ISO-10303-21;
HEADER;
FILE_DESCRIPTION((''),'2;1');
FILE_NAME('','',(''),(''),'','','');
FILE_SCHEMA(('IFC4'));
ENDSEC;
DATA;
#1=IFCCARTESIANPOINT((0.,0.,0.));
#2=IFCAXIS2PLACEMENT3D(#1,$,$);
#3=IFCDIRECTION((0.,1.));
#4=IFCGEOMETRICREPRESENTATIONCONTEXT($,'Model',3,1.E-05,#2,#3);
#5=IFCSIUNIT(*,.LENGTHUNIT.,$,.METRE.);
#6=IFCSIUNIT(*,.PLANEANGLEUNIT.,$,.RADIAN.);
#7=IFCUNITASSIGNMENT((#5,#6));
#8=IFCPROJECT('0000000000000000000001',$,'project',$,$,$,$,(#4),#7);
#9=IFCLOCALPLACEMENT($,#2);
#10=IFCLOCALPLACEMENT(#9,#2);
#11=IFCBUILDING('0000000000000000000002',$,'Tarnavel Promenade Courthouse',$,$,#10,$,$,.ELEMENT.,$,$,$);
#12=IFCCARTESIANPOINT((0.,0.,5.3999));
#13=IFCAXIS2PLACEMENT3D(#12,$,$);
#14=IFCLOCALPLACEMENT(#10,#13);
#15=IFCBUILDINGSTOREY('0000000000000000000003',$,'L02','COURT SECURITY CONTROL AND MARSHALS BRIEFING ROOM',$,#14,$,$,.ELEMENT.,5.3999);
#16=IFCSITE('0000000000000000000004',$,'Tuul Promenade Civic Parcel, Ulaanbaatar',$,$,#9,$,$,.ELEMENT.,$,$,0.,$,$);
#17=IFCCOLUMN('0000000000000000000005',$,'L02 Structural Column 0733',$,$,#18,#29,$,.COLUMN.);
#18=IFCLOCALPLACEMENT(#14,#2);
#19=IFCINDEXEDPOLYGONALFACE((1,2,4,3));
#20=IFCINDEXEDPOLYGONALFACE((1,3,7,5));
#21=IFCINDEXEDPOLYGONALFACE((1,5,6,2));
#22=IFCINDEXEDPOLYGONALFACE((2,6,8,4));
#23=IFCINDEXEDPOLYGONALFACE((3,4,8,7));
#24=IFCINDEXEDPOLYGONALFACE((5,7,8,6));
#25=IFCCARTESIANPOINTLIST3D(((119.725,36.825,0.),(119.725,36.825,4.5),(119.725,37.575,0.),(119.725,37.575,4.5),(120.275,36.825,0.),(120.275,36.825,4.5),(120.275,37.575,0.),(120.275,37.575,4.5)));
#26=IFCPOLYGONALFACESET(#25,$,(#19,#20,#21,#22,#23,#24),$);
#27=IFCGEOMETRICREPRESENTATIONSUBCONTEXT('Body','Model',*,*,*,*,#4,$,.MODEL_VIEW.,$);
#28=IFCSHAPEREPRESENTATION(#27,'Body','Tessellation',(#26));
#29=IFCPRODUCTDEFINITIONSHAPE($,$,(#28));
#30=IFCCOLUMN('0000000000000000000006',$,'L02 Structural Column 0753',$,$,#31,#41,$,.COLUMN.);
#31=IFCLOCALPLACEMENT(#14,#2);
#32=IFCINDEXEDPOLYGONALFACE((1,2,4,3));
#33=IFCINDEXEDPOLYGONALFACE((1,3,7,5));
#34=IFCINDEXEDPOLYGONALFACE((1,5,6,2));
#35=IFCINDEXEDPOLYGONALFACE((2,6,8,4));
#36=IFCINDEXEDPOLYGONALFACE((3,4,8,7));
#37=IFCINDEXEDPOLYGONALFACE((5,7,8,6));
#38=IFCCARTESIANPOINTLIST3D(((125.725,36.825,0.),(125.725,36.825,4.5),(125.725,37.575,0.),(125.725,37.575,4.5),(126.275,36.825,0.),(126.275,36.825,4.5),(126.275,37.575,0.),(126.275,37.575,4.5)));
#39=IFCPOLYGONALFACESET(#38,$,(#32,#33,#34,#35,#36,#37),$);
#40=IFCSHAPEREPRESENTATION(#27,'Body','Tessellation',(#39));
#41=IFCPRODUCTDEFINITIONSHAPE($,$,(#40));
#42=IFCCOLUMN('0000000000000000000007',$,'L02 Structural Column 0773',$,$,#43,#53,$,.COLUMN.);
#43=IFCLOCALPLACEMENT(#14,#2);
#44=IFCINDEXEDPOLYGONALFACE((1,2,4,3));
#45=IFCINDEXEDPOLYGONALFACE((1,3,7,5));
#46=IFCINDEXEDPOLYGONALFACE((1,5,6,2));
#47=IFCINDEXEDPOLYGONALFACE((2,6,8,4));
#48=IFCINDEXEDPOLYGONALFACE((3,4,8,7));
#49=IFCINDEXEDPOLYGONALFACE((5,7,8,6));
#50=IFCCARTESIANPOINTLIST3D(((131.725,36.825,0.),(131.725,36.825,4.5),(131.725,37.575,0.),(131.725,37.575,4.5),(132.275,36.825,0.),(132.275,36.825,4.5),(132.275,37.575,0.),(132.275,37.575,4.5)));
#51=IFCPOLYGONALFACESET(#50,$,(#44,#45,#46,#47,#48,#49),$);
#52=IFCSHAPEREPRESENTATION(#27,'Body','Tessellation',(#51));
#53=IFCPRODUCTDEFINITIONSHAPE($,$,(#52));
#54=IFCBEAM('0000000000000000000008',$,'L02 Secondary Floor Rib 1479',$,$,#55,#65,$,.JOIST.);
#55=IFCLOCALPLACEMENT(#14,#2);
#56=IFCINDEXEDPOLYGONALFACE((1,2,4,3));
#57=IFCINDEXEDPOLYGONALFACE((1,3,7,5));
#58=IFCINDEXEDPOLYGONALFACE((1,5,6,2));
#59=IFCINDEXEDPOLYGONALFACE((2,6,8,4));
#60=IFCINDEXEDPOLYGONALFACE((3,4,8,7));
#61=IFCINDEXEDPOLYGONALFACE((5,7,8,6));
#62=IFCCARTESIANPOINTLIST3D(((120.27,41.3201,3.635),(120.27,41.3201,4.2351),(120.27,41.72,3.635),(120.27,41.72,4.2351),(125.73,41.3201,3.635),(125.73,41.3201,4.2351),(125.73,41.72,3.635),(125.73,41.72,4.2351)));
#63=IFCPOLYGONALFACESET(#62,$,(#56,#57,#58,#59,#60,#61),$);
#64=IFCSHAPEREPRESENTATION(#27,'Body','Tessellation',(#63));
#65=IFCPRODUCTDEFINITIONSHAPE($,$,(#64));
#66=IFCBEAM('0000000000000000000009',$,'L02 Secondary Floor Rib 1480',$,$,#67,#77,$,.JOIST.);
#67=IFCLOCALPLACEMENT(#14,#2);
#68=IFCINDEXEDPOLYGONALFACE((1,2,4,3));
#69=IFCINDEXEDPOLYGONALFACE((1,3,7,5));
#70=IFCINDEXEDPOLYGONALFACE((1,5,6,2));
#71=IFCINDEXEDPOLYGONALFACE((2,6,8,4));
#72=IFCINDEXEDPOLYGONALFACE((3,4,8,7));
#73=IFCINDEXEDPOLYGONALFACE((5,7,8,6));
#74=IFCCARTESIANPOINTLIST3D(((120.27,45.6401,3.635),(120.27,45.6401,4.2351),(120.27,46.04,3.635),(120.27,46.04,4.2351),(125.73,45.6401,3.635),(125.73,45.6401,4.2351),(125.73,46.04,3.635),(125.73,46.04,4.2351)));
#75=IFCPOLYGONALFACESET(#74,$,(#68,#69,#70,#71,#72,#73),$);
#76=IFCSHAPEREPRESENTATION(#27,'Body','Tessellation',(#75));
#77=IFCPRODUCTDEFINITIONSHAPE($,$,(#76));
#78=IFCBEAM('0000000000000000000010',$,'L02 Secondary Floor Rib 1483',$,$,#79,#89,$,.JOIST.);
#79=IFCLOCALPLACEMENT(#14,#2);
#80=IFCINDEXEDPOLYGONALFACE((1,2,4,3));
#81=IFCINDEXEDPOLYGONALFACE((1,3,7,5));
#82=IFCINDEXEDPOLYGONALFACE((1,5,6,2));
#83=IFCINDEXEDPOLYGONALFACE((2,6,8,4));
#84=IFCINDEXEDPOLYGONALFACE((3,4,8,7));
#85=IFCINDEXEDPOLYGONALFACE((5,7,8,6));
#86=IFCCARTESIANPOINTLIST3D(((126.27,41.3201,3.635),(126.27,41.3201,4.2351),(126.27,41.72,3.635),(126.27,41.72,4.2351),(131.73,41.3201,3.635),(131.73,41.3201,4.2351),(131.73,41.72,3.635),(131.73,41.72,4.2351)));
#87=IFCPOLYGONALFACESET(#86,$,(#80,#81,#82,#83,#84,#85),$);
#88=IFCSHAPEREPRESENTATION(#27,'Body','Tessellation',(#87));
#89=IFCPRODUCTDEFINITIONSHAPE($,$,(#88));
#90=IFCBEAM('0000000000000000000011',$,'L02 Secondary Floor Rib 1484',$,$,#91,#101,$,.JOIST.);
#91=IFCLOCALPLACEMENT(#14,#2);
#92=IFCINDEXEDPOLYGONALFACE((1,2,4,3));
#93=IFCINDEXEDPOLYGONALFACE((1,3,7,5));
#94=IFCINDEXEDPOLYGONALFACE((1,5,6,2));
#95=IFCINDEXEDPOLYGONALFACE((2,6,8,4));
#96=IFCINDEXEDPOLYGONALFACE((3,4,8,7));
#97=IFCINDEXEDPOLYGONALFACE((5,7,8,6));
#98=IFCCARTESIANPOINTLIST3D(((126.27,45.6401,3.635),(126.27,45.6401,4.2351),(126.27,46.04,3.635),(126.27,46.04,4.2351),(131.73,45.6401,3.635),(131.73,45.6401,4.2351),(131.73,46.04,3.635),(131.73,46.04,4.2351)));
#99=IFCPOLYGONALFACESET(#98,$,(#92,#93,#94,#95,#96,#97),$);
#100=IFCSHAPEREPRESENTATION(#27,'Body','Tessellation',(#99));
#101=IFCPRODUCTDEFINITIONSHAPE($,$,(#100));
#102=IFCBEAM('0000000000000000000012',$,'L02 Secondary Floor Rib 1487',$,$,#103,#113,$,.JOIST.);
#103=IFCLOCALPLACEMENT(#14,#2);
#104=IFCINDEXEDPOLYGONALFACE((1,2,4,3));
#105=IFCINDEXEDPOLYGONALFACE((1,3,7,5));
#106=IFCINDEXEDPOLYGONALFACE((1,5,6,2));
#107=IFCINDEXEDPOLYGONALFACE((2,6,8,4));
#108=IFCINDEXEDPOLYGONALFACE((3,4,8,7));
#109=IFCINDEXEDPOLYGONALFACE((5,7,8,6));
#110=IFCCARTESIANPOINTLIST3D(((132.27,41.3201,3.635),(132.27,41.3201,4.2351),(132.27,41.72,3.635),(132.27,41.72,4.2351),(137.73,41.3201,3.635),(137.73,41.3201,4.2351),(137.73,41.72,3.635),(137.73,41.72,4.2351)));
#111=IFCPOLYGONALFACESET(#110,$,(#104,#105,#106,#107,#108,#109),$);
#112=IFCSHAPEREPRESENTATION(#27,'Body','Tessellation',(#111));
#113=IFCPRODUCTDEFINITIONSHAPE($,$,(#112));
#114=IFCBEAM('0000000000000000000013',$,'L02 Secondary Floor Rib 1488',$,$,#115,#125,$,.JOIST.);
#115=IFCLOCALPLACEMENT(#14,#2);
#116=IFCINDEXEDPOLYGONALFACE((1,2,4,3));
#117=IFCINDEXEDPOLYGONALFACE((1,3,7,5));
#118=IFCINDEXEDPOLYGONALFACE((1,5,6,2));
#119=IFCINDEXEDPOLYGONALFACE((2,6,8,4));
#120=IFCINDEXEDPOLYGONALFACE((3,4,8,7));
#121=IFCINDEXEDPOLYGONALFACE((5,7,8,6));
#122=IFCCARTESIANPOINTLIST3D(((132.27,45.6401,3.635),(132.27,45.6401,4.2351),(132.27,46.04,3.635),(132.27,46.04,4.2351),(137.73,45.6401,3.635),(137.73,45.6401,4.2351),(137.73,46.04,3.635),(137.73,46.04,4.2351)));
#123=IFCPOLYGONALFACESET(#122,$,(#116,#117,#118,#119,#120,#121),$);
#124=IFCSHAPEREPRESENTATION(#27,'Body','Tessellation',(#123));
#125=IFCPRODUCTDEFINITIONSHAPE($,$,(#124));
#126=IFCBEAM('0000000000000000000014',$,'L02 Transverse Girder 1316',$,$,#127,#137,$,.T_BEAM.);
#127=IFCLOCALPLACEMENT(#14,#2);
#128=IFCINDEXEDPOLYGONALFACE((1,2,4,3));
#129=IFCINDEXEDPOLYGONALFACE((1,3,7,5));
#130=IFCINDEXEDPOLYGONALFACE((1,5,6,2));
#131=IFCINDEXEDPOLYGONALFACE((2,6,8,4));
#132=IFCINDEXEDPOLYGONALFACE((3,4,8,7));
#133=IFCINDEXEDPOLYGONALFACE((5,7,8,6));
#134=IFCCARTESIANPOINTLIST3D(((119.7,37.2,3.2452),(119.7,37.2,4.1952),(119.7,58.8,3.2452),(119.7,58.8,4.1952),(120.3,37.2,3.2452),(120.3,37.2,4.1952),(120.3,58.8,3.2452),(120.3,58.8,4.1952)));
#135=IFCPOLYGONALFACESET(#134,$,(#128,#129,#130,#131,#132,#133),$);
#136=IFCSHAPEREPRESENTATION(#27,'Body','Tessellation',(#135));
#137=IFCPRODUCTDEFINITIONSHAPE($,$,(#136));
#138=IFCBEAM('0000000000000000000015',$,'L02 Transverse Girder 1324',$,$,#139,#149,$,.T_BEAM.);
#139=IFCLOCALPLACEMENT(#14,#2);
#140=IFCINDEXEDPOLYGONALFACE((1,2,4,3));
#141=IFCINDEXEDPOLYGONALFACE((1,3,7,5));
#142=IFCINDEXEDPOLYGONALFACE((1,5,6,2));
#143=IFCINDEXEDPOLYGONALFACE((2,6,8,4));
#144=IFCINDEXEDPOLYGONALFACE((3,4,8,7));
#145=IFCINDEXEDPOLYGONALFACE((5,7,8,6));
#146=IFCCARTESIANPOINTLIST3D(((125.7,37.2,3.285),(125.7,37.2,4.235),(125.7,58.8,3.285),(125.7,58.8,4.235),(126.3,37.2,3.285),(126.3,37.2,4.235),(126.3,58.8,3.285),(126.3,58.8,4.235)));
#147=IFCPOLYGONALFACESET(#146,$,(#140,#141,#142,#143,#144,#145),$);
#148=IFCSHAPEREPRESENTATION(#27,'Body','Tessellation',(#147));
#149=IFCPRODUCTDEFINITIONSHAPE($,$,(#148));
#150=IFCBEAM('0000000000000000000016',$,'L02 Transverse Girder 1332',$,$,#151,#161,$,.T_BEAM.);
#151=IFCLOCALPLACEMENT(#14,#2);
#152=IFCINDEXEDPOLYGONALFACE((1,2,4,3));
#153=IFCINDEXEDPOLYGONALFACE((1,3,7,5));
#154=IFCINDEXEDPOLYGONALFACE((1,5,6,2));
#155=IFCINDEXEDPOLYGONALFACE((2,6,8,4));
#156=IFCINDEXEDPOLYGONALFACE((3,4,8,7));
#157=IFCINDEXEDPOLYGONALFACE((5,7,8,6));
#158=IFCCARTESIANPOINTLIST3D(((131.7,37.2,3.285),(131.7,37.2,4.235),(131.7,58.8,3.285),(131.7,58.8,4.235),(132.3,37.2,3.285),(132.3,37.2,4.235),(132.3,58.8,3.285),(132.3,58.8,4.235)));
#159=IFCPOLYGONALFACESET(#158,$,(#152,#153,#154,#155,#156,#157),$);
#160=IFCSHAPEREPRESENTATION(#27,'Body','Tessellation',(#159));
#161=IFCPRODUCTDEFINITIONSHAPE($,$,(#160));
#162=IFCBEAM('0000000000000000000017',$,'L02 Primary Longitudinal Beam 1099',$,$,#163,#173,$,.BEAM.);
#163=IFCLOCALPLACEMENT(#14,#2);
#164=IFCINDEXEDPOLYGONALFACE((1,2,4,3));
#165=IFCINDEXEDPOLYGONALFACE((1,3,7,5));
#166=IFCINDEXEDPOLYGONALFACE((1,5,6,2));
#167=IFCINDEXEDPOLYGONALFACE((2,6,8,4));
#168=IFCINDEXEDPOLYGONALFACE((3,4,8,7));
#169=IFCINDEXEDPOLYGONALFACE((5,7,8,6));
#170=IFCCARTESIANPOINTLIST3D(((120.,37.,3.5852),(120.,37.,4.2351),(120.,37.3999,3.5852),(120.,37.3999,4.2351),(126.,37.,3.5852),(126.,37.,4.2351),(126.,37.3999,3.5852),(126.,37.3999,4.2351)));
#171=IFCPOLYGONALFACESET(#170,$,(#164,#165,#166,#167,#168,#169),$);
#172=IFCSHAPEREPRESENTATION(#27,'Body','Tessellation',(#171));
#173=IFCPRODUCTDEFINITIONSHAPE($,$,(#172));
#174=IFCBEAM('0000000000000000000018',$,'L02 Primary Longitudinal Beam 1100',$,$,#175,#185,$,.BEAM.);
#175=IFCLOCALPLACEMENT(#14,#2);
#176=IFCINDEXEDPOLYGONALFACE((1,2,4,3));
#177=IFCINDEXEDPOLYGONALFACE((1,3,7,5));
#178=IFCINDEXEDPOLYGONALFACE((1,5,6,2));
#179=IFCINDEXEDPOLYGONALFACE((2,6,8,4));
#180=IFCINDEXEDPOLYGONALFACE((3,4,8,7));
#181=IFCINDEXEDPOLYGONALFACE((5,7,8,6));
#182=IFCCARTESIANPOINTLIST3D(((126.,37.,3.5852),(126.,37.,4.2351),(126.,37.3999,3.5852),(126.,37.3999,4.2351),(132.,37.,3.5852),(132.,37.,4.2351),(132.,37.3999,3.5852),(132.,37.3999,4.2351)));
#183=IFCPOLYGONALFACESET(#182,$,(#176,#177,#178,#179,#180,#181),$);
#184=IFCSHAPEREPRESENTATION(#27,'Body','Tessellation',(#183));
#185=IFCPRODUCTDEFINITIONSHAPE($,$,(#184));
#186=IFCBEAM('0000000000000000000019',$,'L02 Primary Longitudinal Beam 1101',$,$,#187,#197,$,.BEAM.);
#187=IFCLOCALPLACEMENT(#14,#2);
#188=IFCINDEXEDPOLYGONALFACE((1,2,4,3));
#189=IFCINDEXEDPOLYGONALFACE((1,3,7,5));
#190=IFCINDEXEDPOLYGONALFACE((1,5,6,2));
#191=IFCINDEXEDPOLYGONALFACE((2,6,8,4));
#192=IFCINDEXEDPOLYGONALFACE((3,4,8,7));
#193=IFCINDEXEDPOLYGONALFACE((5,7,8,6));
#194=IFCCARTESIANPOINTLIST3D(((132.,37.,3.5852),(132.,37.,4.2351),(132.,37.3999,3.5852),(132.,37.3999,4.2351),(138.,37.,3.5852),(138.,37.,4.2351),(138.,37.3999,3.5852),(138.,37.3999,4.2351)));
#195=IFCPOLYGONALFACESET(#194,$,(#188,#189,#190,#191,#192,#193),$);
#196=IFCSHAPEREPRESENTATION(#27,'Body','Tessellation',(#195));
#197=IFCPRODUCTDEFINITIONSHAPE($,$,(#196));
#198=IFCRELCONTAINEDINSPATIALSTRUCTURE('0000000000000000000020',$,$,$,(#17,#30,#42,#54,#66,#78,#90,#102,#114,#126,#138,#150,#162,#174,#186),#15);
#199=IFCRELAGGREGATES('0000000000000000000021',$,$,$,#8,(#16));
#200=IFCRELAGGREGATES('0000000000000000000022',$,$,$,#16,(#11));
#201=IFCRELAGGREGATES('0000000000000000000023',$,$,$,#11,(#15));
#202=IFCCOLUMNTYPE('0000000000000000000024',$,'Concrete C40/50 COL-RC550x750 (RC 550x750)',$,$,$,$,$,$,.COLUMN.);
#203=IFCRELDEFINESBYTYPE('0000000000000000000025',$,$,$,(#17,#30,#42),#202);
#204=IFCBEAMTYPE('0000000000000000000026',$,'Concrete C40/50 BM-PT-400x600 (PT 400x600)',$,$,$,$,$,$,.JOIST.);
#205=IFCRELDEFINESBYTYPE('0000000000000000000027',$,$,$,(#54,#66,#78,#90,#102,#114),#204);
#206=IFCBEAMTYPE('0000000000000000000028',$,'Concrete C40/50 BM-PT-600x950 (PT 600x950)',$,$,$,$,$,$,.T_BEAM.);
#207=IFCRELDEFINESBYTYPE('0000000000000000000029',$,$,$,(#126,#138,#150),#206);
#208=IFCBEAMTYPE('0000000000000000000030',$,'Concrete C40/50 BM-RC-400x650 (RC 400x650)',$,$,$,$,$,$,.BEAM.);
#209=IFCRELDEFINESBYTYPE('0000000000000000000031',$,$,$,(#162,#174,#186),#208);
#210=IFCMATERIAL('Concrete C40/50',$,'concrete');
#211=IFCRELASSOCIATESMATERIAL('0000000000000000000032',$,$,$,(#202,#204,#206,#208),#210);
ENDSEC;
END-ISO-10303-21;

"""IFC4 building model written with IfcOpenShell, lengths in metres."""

from ifc_helpers import new_model, si_unit, direction, frame, origin, origin_2d, place, context, subcontext, project, spatial, rectangle, extrude, material, material_profile, profile_set, type_object, element, save


model = new_model("IFC4")

# Units and contexts
model_context = context("Model", 3, precision=1e-05, world=origin(), true_north=direction((0.0, 1.0)))
body_context = subcontext(model_context, "Body", "Model", "MODEL_VIEW")
ifc_project = project(units=[si_unit("LENGTHUNIT", "METRE"), si_unit("PLANEANGLEUNIT", "RADIAN")], contexts=[model_context])

# Site, building, storey
site_placement = place(None, origin())
site = spatial("IfcSite", under=ifc_project, at=site_placement, Name="Tuul Promenade Civic Parcel, Ulaanbaatar", CompositionType="ELEMENT", RefElevation=0.0)
building_placement = place(site_placement, origin())
building = spatial("IfcBuilding", under=site, at=building_placement, Name="Tarnavel Promenade Courthouse", CompositionType="ELEMENT")
storey_placement = place(building_placement, frame((0.0, 0.0, 5.3999)))
storey = spatial("IfcBuildingStorey", under=building, at=storey_placement, Name="L02", Description="COURT SECURITY CONTROL AND MARSHALS BRIEFING ROOM", CompositionType="ELEMENT", Elevation=5.3999)

# Columns
ifc_material_1 = material(Name="Concrete C40/50", Category="concrete")
ifc_material_profile_1 = material_profile(ifc_material_1, rectangle(XDim=0.55, YDim=0.75, at=origin_2d()), Name="RC 550x750")
ifc_profile_set_1 = profile_set([ifc_material_profile_1], Name="Concrete C40/50")
column_type = type_object("IfcColumnType", Name="Concrete C40/50 COL-RC550x750 (RC 550x750)", PredefinedType="COLUMN", material=ifc_profile_set_1)
for number, where, z_axis, x_axis, name in (
    (1, (120.0, 37.2, 0.0), (0.0, 0.0, 1.0), (1.0, 0.0, 0.0), "L02 Structural Column 0733"),
    (2, (126.0, 37.2, 0.0), (0.0, 0.0, 1.0), (1.0, 0.0, 0.0), "L02 Structural Column 0753"),
    (3, (132.0, 37.2, 0.0), (0.0, 0.0, 1.0), (1.0, 0.0, 0.0), "L02 Structural Column 0773"),
):
    element("IfcColumn", number, at=place(storey_placement, frame(where, z_axis=z_axis, x_axis=x_axis)), inside=storey, type_object=column_type, Name=name, PredefinedType="COLUMN", context=body_context, shape_type="SweptSolid", body=[
        extrude(rectangle(XDim=0.55, YDim=0.75, at=origin_2d()), origin(), (0.0, 0.0, 1.0), 4.5),
    ])

# Beams
ifc_material_profile_2 = material_profile(ifc_material_1, rectangle(XDim=0.3999, YDim=0.6001, at=origin_2d()), Name="PT 400x600")
ifc_profile_set_2 = profile_set([ifc_material_profile_2], Name="Concrete C40/50")
beam_type_1 = type_object("IfcBeamType", Name="Concrete C40/50 BM-PT-400x600 (PT 400x600)", PredefinedType="JOIST", material=ifc_profile_set_2)
for number, where, z_axis, x_axis, name in (
    (4, (120.27, 41.52, 3.9351), (1.0, 0.0, 0.0), (0.0, 1.0, 0.0), "L02 Secondary Floor Rib 1479"),
    (5, (120.27, 45.8401, 3.9351), (1.0, 0.0, 0.0), (0.0, 1.0, 0.0), "L02 Secondary Floor Rib 1480"),
    (6, (126.27, 41.52, 3.9351), (1.0, 0.0, 0.0), (0.0, 1.0, 0.0), "L02 Secondary Floor Rib 1483"),
    (7, (126.27, 45.8401, 3.9351), (1.0, 0.0, 0.0), (0.0, 1.0, 0.0), "L02 Secondary Floor Rib 1484"),
    (8, (132.27, 41.52, 3.9351), (1.0, 0.0, 0.0), (0.0, 1.0, 0.0), "L02 Secondary Floor Rib 1487"),
    (9, (132.27, 45.8401, 3.9351), (1.0, 0.0, 0.0), (0.0, 1.0, 0.0), "L02 Secondary Floor Rib 1488"),
):
    element("IfcBeam", number, at=place(storey_placement, frame(where, z_axis=z_axis, x_axis=x_axis)), inside=storey, type_object=beam_type_1, Name=name, PredefinedType="JOIST", context=body_context, shape_type="SweptSolid", body=[
        extrude(rectangle(XDim=0.3999, YDim=0.6001, at=origin_2d()), origin(), (0.0, 0.0, 1.0), 5.46),
    ])
ifc_material_profile_3 = material_profile(ifc_material_1, rectangle(XDim=0.6001, YDim=0.95, at=origin_2d()), Name="PT 600x950")
ifc_profile_set_3 = profile_set([ifc_material_profile_3], Name="Concrete C40/50")
beam_type_2 = type_object("IfcBeamType", Name="Concrete C40/50 BM-PT-600x950 (PT 600x950)", PredefinedType="T_BEAM", material=ifc_profile_set_3)
for number, where, z_axis, x_axis, name in (
    (10, (120.0, 37.2, 3.7202), (0.0, 1.0, 0.0), (-1.0, 0.0, 0.0), "L02 Transverse Girder 1316"),
    (11, (126.0, 37.2, 3.76), (0.0, 1.0, 0.0), (-1.0, 0.0, 0.0), "L02 Transverse Girder 1324"),
    (12, (132.0, 37.2, 3.76), (0.0, 1.0, 0.0), (-1.0, 0.0, 0.0), "L02 Transverse Girder 1332"),
):
    element("IfcBeam", number, at=place(storey_placement, frame(where, z_axis=z_axis, x_axis=x_axis)), inside=storey, type_object=beam_type_2, Name=name, PredefinedType="T_BEAM", context=body_context, shape_type="SweptSolid", body=[
        extrude(rectangle(XDim=0.6001, YDim=0.95, at=origin_2d()), origin(), (0.0, 0.0, 1.0), 21.6001),
    ])
ifc_material_profile_4 = material_profile(ifc_material_1, rectangle(XDim=0.3999, YDim=0.6499, at=origin_2d()), Name="RC 400x650")
ifc_profile_set_4 = profile_set([ifc_material_profile_4], Name="Concrete C40/50")
beam_type_3 = type_object("IfcBeamType", Name="Concrete C40/50 BM-RC-400x650 (RC 400x650)", PredefinedType="BEAM", material=ifc_profile_set_4)
for number, where, z_axis, x_axis, name in (
    (13, (120.0, 37.2, 3.9102), (1.0, 0.0, 0.0), (0.0, 1.0, 0.0), "L02 Primary Longitudinal Beam 1099"),
    (14, (126.0, 37.2, 3.9102), (1.0, 0.0, 0.0), (0.0, 1.0, 0.0), "L02 Primary Longitudinal Beam 1100"),
    (15, (132.0, 37.2, 3.9102), (1.0, 0.0, 0.0), (0.0, 1.0, 0.0), "L02 Primary Longitudinal Beam 1101"),
):
    element("IfcBeam", number, at=place(storey_placement, frame(where, z_axis=z_axis, x_axis=x_axis)), inside=storey, type_object=beam_type_3, Name=name, PredefinedType="BEAM", context=body_context, shape_type="SweptSolid", body=[
        extrude(rectangle(XDim=0.3999, YDim=0.6499, at=origin_2d()), origin(), (0.0, 0.0, 1.0), 6.0),
    ])

save(model, "model.ifc")
